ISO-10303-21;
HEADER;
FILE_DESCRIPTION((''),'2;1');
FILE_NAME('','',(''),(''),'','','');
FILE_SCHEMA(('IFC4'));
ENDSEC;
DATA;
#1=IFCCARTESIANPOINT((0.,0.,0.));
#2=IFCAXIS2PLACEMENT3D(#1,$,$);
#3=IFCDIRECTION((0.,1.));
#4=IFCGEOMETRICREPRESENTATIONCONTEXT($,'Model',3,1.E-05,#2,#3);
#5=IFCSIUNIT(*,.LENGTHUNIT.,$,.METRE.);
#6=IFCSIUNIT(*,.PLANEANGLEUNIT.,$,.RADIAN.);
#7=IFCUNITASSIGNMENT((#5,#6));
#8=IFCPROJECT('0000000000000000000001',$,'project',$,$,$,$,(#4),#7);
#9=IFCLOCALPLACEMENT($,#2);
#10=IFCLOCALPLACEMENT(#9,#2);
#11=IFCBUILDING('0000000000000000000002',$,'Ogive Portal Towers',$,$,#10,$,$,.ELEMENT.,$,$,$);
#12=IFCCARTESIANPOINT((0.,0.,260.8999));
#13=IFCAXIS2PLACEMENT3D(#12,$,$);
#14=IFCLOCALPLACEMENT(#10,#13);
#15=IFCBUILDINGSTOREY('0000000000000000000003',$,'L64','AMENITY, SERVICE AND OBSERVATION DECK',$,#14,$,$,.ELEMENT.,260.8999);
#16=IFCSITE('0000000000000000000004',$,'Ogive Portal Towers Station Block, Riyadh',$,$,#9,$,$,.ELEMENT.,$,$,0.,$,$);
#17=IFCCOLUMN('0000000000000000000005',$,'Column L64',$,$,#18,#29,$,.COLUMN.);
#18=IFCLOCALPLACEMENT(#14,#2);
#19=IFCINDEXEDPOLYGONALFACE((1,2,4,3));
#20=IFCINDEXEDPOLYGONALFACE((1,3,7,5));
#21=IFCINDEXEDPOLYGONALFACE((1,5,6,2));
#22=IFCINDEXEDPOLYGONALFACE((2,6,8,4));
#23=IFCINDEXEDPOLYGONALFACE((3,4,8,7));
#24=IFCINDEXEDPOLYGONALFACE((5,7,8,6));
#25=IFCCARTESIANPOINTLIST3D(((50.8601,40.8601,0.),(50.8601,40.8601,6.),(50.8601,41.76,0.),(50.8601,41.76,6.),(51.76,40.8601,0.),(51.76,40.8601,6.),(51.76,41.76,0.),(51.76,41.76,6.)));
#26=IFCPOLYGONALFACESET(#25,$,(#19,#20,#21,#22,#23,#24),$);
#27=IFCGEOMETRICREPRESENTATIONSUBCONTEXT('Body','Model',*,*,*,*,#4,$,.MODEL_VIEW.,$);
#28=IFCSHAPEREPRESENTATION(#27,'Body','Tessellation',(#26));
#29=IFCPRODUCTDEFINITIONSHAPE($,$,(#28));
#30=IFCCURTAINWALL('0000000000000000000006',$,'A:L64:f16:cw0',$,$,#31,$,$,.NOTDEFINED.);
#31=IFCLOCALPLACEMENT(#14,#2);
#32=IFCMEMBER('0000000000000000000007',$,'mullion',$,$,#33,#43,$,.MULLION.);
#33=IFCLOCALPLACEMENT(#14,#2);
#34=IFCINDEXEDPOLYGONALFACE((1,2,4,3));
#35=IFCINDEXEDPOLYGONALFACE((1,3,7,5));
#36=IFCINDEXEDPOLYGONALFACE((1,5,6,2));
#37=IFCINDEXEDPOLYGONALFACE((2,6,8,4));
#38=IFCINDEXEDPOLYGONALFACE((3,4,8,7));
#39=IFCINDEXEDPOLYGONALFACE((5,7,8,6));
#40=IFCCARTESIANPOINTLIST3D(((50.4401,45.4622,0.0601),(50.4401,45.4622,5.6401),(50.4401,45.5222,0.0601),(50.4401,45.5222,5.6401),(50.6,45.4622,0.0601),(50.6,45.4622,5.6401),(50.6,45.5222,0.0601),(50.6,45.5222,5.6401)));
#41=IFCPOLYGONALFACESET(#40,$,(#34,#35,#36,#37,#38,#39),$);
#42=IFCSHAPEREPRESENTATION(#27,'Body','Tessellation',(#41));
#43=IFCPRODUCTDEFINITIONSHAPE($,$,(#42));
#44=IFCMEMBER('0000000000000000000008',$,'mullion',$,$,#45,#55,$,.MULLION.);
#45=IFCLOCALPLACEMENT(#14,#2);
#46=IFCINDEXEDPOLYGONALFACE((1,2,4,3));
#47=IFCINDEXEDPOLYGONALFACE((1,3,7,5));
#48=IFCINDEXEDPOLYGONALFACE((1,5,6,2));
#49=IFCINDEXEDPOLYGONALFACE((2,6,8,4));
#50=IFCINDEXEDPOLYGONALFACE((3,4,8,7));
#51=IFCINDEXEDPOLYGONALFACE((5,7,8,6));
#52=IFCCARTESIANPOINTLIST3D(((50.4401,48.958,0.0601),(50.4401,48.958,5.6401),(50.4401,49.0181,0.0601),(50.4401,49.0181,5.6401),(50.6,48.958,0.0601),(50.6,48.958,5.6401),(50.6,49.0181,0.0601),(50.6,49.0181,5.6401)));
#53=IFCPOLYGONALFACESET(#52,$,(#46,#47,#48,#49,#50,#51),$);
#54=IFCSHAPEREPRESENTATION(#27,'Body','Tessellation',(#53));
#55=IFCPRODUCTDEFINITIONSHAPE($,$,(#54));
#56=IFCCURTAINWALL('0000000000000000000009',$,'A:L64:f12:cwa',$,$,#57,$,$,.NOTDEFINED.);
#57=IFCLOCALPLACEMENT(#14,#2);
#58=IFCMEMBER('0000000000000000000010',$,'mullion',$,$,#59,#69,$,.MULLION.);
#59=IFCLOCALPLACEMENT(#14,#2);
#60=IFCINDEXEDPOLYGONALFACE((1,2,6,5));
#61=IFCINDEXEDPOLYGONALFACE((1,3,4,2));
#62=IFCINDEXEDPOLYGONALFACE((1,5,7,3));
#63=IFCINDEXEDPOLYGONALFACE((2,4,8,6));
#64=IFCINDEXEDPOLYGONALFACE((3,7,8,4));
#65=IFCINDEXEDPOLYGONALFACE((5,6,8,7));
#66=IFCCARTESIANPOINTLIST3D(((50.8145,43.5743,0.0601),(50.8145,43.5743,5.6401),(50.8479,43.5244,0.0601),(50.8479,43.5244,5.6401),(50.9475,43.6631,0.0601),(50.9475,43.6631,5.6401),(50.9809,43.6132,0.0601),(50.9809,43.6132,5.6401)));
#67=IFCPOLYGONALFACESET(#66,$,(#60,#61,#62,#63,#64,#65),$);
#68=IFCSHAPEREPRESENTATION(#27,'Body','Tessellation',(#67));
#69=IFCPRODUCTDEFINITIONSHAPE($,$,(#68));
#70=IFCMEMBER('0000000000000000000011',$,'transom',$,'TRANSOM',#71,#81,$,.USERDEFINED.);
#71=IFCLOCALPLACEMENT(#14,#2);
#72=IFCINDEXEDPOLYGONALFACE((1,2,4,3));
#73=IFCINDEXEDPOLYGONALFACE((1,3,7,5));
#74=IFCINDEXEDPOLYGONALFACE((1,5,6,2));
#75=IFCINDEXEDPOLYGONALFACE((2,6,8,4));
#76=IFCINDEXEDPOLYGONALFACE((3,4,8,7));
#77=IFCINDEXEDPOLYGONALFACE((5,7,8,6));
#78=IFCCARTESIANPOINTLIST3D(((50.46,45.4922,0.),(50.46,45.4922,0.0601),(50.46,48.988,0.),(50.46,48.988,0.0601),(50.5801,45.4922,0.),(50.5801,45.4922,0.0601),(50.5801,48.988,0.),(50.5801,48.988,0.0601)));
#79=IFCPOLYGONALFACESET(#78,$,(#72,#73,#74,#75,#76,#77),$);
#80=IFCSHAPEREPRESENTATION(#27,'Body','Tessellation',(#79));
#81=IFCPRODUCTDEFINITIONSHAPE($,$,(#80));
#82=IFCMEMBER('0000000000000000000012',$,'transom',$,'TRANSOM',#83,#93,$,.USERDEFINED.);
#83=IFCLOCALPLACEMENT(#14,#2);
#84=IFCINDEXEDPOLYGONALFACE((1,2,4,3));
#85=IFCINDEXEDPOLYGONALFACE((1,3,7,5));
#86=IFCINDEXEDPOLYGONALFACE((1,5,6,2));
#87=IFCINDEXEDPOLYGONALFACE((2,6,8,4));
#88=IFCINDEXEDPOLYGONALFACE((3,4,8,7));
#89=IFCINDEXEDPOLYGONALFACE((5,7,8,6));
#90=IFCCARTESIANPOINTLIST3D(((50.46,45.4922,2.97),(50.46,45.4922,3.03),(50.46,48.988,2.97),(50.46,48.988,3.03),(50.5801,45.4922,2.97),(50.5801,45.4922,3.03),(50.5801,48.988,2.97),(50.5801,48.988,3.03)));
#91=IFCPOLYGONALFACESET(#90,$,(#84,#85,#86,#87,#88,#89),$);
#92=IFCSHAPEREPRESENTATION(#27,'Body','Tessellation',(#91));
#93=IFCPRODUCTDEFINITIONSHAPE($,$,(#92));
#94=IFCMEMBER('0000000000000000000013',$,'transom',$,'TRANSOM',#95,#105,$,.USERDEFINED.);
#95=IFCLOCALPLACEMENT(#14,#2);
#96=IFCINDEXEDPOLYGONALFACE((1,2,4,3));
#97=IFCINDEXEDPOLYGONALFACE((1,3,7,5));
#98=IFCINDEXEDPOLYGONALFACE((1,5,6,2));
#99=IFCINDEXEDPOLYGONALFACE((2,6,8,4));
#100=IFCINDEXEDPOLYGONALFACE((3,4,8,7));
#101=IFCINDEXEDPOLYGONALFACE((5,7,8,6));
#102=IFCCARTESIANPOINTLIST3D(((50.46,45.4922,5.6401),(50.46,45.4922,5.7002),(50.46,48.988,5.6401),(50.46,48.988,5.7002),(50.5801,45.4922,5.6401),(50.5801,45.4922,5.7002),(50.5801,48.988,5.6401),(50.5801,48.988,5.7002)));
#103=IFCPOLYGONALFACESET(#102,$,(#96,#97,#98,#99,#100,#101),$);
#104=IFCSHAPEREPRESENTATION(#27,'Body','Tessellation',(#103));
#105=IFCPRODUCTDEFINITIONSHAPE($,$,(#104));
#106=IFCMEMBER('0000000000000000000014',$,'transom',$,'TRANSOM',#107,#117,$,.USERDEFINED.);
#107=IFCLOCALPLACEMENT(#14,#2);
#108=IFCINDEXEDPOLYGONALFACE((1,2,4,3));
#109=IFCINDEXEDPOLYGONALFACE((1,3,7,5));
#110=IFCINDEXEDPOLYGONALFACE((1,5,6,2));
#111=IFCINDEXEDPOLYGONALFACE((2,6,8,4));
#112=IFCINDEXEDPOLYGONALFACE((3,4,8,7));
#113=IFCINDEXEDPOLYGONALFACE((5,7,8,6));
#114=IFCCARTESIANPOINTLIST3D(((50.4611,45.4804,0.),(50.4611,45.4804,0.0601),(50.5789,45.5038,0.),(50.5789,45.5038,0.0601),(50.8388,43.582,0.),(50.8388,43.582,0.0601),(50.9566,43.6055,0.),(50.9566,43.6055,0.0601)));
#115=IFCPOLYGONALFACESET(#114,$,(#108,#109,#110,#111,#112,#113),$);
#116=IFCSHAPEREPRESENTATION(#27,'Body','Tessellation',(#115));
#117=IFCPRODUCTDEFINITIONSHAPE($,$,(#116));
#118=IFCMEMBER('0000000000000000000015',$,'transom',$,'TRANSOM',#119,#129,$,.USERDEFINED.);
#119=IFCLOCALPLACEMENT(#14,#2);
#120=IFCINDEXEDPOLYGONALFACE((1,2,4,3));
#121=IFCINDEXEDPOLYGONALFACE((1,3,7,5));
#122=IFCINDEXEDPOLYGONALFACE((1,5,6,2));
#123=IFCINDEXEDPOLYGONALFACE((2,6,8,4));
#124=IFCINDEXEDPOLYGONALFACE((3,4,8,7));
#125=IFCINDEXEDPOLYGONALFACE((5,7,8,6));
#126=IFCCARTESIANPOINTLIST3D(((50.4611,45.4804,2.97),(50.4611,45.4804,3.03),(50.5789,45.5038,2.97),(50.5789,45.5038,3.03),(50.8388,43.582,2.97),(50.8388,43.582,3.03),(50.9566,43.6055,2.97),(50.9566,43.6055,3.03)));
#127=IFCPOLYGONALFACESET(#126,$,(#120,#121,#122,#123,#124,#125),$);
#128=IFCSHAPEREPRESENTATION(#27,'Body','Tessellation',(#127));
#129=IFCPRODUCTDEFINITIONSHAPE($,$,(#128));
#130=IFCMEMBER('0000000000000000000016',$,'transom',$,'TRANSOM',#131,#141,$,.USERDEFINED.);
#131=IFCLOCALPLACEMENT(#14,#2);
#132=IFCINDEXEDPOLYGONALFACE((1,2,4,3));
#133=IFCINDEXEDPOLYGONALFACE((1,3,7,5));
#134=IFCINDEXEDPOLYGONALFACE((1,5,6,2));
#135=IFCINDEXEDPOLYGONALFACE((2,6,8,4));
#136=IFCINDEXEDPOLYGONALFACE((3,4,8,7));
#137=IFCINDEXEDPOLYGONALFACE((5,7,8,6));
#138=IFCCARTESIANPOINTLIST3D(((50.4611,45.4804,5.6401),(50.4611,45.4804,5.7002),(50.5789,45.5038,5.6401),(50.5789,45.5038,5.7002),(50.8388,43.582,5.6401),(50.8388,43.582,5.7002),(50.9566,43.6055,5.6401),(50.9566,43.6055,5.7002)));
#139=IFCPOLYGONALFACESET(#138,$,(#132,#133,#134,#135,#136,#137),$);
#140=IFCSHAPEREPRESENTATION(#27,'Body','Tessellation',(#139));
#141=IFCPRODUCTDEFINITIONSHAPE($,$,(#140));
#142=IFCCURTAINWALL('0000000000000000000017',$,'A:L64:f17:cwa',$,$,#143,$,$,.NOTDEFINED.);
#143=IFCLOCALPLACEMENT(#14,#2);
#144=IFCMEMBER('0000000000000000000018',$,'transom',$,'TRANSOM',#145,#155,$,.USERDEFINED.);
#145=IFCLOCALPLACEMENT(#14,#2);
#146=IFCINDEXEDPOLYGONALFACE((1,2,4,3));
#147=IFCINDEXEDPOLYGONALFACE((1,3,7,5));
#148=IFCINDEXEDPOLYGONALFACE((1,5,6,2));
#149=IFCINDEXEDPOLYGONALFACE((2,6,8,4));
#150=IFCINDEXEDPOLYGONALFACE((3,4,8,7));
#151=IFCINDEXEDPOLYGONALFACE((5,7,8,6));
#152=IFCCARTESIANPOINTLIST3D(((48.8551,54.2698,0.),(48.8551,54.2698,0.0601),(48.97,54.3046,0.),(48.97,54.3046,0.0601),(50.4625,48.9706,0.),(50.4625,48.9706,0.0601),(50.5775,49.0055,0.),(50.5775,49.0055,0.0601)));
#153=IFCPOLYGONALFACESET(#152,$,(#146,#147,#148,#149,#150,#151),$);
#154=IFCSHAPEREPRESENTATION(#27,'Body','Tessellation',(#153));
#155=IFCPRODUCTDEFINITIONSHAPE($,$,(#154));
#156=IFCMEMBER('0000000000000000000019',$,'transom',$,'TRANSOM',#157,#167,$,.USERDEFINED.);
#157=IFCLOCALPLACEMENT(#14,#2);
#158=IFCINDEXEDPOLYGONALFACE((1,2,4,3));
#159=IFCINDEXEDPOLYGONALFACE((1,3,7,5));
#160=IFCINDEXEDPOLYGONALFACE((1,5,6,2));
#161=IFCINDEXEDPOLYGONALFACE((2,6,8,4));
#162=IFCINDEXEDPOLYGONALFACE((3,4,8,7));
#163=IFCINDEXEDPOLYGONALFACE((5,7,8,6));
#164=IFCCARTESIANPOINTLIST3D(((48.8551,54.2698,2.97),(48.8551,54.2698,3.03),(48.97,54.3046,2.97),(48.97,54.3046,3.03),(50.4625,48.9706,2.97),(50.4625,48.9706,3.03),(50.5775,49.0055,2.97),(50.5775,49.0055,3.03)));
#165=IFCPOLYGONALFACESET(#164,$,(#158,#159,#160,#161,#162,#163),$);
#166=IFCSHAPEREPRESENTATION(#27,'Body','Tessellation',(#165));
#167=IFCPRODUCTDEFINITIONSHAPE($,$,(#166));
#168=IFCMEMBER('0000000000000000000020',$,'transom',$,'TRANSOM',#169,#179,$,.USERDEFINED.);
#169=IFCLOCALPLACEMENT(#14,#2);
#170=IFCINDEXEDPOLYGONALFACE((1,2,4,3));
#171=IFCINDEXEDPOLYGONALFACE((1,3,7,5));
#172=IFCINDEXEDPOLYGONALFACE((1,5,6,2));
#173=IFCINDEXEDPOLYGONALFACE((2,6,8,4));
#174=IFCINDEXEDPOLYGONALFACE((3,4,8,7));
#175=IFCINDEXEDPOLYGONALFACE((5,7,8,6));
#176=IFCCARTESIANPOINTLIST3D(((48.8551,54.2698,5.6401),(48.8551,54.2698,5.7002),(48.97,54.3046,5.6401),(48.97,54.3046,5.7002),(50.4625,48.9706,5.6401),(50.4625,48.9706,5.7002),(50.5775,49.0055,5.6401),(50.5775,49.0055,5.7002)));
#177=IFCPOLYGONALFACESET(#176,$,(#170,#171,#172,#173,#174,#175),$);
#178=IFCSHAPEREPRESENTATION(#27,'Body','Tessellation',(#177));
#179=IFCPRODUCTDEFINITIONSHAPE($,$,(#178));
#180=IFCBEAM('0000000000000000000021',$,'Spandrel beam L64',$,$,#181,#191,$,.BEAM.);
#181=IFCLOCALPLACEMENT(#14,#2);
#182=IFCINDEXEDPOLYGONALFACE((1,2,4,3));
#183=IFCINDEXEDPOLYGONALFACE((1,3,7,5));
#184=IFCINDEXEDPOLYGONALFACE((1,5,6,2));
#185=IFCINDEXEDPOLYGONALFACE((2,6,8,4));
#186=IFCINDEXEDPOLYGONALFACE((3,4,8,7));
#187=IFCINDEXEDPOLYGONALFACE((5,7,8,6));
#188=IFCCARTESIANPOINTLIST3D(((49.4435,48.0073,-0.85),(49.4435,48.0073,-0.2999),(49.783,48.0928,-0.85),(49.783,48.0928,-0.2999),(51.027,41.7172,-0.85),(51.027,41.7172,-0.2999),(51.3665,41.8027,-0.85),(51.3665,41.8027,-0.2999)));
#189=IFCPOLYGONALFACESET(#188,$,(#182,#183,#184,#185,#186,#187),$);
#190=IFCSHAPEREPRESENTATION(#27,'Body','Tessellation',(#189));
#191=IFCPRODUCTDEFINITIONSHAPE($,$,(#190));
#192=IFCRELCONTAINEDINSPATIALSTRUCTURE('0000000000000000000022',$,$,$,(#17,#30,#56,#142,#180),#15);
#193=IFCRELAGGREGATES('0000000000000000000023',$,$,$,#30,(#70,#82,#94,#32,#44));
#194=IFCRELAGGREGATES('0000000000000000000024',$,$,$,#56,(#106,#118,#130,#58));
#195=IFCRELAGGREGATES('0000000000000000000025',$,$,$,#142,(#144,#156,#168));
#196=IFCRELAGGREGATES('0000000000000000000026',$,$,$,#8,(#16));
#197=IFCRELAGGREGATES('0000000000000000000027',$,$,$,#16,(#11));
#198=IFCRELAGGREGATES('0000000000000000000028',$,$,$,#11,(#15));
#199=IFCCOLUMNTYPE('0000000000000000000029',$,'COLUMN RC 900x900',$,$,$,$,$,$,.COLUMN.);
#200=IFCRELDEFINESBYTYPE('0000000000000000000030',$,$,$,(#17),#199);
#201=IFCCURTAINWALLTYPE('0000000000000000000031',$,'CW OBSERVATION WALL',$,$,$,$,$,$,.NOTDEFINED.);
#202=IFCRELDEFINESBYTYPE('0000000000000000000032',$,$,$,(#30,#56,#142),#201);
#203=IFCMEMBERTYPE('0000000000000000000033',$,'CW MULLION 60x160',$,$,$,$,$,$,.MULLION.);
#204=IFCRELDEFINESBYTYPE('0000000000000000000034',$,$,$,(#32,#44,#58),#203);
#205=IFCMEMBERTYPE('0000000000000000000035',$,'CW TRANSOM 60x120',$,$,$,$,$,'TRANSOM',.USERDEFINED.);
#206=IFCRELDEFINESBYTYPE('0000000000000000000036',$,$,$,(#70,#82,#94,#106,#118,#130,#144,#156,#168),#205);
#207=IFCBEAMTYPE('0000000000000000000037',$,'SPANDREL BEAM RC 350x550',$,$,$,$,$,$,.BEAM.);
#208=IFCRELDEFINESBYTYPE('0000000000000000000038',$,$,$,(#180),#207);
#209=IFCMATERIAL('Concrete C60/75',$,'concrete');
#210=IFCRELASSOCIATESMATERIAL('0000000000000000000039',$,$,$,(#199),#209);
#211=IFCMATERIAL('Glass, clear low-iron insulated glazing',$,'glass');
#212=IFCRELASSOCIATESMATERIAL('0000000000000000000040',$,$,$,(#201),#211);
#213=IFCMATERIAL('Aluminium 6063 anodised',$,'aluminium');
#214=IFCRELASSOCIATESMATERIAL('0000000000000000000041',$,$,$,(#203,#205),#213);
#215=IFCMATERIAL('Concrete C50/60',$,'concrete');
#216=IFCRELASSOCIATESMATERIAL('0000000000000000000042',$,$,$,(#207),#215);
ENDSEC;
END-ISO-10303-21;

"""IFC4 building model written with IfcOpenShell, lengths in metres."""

from ifc_helpers import new_model, si_unit, direction, frame, origin, origin_2d, place, context, subcontext, project, spatial, rectangle, extrude, material, material_profile, profile_set, type_object, element, aggregate, save


model = new_model("IFC4")

# Units and contexts
model_context = context("Model", 3, precision=1e-05, world=origin(), true_north=direction((0.0, 1.0)))
body_context = subcontext(model_context, "Body", "Model", "MODEL_VIEW")
ifc_project = project(units=[si_unit("LENGTHUNIT", "METRE"), si_unit("PLANEANGLEUNIT", "RADIAN")], contexts=[model_context])

# Site, building, storey
site_placement = place(None, origin())
site = spatial("IfcSite", under=ifc_project, at=site_placement, Name="Ogive Portal Towers Station Block, Riyadh", CompositionType="ELEMENT", RefElevation=0.0)
building_placement = place(site_placement, origin())
building = spatial("IfcBuilding", under=site, at=building_placement, Name="Ogive Portal Towers", CompositionType="ELEMENT")
storey_placement = place(building_placement, frame((0.0, 0.0, 260.8999)))
storey = spatial("IfcBuildingStorey", under=building, at=storey_placement, Name="L64", Description="AMENITY, SERVICE AND OBSERVATION DECK", CompositionType="ELEMENT", Elevation=260.8999)

# Column
ifc_material_1 = material(Name="Concrete C60/75", Category="concrete")
ifc_material_profile_1 = material_profile(ifc_material_1, rectangle(XDim=0.8999, YDim=0.8999, at=origin_2d()), Name="RC 900x900")
ifc_profile_set_1 = profile_set([ifc_material_profile_1], Name="Concrete C60/75")
column_type = type_object("IfcColumnType", Name="COLUMN RC 900x900", PredefinedType="COLUMN", material=ifc_profile_set_1)
column_placement = place(storey_placement, frame((51.3101, 41.3101, 0.0), z_axis=(0.0, 0.0, 1.0), x_axis=(1.0, 0.0, 0.0)))
element("IfcColumn", 1, at=column_placement, inside=storey, type_object=column_type, Name="Column L64", PredefinedType="COLUMN", context=body_context, shape_type="SweptSolid", body=[
    extrude(rectangle(XDim=0.8999, YDim=0.8999, at=origin_2d()), origin(), (0.0, 0.0, 1.0), 6.0),
])

# Curtain wall, members
ifc_material_2 = material(Name="Glass, clear low-iron insulated glazing", Category="glass")
curtain_wall_type = type_object("IfcCurtainWallType", Name="CW OBSERVATION WALL", PredefinedType="NOTDEFINED", material=ifc_material_2)
curtain_wall_1_placement = place(storey_placement, origin())
curtain_wall_1 = element("IfcCurtainWall", 2, at=curtain_wall_1_placement, inside=storey, type_object=curtain_wall_type, Name="A:L64:f16:cw0", PredefinedType="NOTDEFINED")
ifc_material_3 = material(Name="Aluminium 6063 anodised", Category="aluminium")
ifc_material_profile_2 = material_profile(ifc_material_3, rectangle(XDim=0.1599, YDim=0.0601, at=origin_2d()), Name="AL 60x160")
ifc_profile_set_2 = profile_set([ifc_material_profile_2], Name="Aluminium 6063 anodised")
member_type_1 = type_object("IfcMemberType", Name="CW MULLION 60x160", PredefinedType="MULLION", material=ifc_profile_set_2)
member_1_placement = place(storey_placement, frame((50.52, 45.4922, 0.0601), z_axis=(0.0, 0.0, 1.0), x_axis=(-1.0, 0.0, 0.0)))
member_1 = element("IfcMember", 3, at=member_1_placement, type_object=member_type_1, Name="mullion", PredefinedType="MULLION", context=body_context, shape_type="SweptSolid", body=[
    extrude(rectangle(XDim=0.1599, YDim=0.0601, at=origin_2d()), origin(), (0.0, 0.0, 1.0), 5.5801),
])
member_2_placement = place(storey_placement, frame((50.52, 48.988, 0.0601), z_axis=(0.0, 0.0, 1.0), x_axis=(-1.0, 0.0, 0.0)))
member_2 = element("IfcMember", 4, at=member_2_placement, type_object=member_type_1, Name="mullion", PredefinedType="MULLION", context=body_context, shape_type="SweptSolid", body=[
    extrude(rectangle(XDim=0.1599, YDim=0.0601, at=origin_2d()), origin(), (0.0, 0.0, 1.0), 5.5801),
])

# Curtain wall, member
curtain_wall_2_placement = place(storey_placement, origin())
curtain_wall_2 = element("IfcCurtainWall", 5, at=curtain_wall_2_placement, inside=storey, type_object=curtain_wall_type, Name="A:L64:f12:cwa", PredefinedType="NOTDEFINED")
member_3_placement = place(storey_placement, frame((50.8977, 43.5938, 0.0601), z_axis=(0.0, 0.0, 1.0), x_axis=(-0.83147, -0.55557, 0.0)))
member_3 = element("IfcMember", 6, at=member_3_placement, type_object=member_type_1, Name="mullion", PredefinedType="MULLION", context=body_context, shape_type="SweptSolid", body=[
    extrude(rectangle(XDim=0.1599, YDim=0.0601, at=origin_2d()), origin(), (0.0, 0.0, 1.0), 5.5801),
])

# Members
ifc_material_profile_3 = material_profile(ifc_material_3, rectangle(XDim=0.1201, YDim=0.0601, at=origin_2d()), Name="AL 120x60")
ifc_profile_set_3 = profile_set([ifc_material_profile_3], Name="Aluminium 6063 anodised")
member_type_2 = type_object("IfcMemberType", Name="CW TRANSOM 60x120", ElementType="TRANSOM", PredefinedType="USERDEFINED", material=ifc_profile_set_3)
member_4_placement = place(storey_placement, frame((50.52, 45.4922, 0.03), z_axis=(0.0, 1.0, 0.0), x_axis=(-1.0, 0.0, 0.0)))
member_4 = element("IfcMember", 7, at=member_4_placement, type_object=member_type_2, Name="transom", ObjectType="TRANSOM", PredefinedType="USERDEFINED", context=body_context, shape_type="SweptSolid", body=[
    extrude(rectangle(XDim=0.1201, YDim=0.0601, at=origin_2d()), origin(), (0.0, 0.0, 1.0), 3.4958),
])
member_5_placement = place(storey_placement, frame((50.52, 45.4922, 3.0), z_axis=(0.0, 1.0, 0.0), x_axis=(-1.0, 0.0, 0.0)))
member_5 = element("IfcMember", 8, at=member_5_placement, type_object=member_type_2, Name="transom", ObjectType="TRANSOM", PredefinedType="USERDEFINED", context=body_context, shape_type="SweptSolid", body=[
    extrude(rectangle(XDim=0.1201, YDim=0.0601, at=origin_2d()), origin(), (0.0, 0.0, 1.0), 3.4958),
])
member_6_placement = place(storey_placement, frame((50.52, 45.4922, 5.6702), z_axis=(0.0, 1.0, 0.0), x_axis=(-1.0, 0.0, 0.0)))
member_6 = element("IfcMember", 9, at=member_6_placement, type_object=member_type_2, Name="transom", ObjectType="TRANSOM", PredefinedType="USERDEFINED", context=body_context, shape_type="SweptSolid", body=[
    extrude(rectangle(XDim=0.1201, YDim=0.0601, at=origin_2d()), origin(), (0.0, 0.0, 1.0), 3.4958),
])
member_7_placement = place(storey_placement, frame((50.8977, 43.5938, 0.03), z_axis=(-0.195122, 0.980779, 0.0), x_axis=(-0.980779, -0.195122, 0.0)))
member_7 = element("IfcMember", 10, at=member_7_placement, type_object=member_type_2, Name="transom", ObjectType="TRANSOM", PredefinedType="USERDEFINED", context=body_context, shape_type="SweptSolid", body=[
    extrude(rectangle(XDim=0.1201, YDim=0.0601, at=origin_2d()), origin(), (0.0, 0.0, 1.0), 1.9355),
])
member_8_placement = place(storey_placement, frame((50.8977, 43.5938, 3.0), z_axis=(-0.195122, 0.980779, 0.0), x_axis=(-0.980779, -0.195122, 0.0)))
member_8 = element("IfcMember", 11, at=member_8_placement, type_object=member_type_2, Name="transom", ObjectType="TRANSOM", PredefinedType="USERDEFINED", context=body_context, shape_type="SweptSolid", body=[
    extrude(rectangle(XDim=0.1201, YDim=0.0601, at=origin_2d()), origin(), (0.0, 0.0, 1.0), 1.9355),
])
member_9_placement = place(storey_placement, frame((50.8977, 43.5938, 5.6702), z_axis=(-0.195122, 0.980779, 0.0), x_axis=(-0.980779, -0.195122, 0.0)))
member_9 = element("IfcMember", 12, at=member_9_placement, type_object=member_type_2, Name="transom", ObjectType="TRANSOM", PredefinedType="USERDEFINED", context=body_context, shape_type="SweptSolid", body=[
    extrude(rectangle(XDim=0.1201, YDim=0.0601, at=origin_2d()), origin(), (0.0, 0.0, 1.0), 1.9355),
])

# Curtain wall, members
curtain_wall_3_placement = place(storey_placement, origin())
curtain_wall_3 = element("IfcCurtainWall", 13, at=curtain_wall_3_placement, inside=storey, type_object=curtain_wall_type, Name="A:L64:f17:cwa", PredefinedType="NOTDEFINED")
member_10_placement = place(storey_placement, frame((50.52, 48.988, 0.03), z_axis=(-0.290279, 0.956942, 0.0), x_axis=(-0.956942, -0.290279, 0.0)))
member_10 = element("IfcMember", 14, at=member_10_placement, type_object=member_type_2, Name="transom", ObjectType="TRANSOM", PredefinedType="USERDEFINED", context=body_context, shape_type="SweptSolid", body=[
    extrude(rectangle(XDim=0.1201, YDim=0.0601, at=origin_2d()), origin(), (0.0, 0.0, 1.0), 5.5376),
])
member_11_placement = place(storey_placement, frame((50.52, 48.988, 3.0), z_axis=(-0.290279, 0.956942, 0.0), x_axis=(-0.956942, -0.290279, 0.0)))
member_11 = element("IfcMember", 15, at=member_11_placement, type_object=member_type_2, Name="transom", ObjectType="TRANSOM", PredefinedType="USERDEFINED", context=body_context, shape_type="SweptSolid", body=[
    extrude(rectangle(XDim=0.1201, YDim=0.0601, at=origin_2d()), origin(), (0.0, 0.0, 1.0), 5.5376),
])
member_12_placement = place(storey_placement, frame((50.52, 48.988, 5.6702), z_axis=(-0.290279, 0.956942, 0.0), x_axis=(-0.956942, -0.290279, 0.0)))
member_12 = element("IfcMember", 16, at=member_12_placement, type_object=member_type_2, Name="transom", ObjectType="TRANSOM", PredefinedType="USERDEFINED", context=body_context, shape_type="SweptSolid", body=[
    extrude(rectangle(XDim=0.1201, YDim=0.0601, at=origin_2d()), origin(), (0.0, 0.0, 1.0), 5.5376),
])

# Beam
ifc_material_4 = material(Name="Concrete C50/60", Category="concrete")
ifc_material_profile_4 = material_profile(ifc_material_4, rectangle(XDim=0.3501, YDim=0.55, at=origin_2d()), Name="RC 350x550")
ifc_profile_set_4 = profile_set([ifc_material_profile_4], Name="Concrete C50/60")
beam_type = type_object("IfcBeamType", Name="SPANDREL BEAM RC 350x550", PredefinedType="BEAM", material=ifc_profile_set_4)
beam_placement = place(storey_placement, frame((49.6133, 48.05, -0.575), z_axis=(0.244129, -0.969743, 0.0), x_axis=(0.969743, 0.244129, 0.0)))
element("IfcBeam", 17, at=beam_placement, inside=storey, type_object=beam_type, Name="Spandrel beam L64", PredefinedType="BEAM", context=body_context, shape_type="SweptSolid", body=[
    extrude(rectangle(XDim=0.3501, YDim=0.55, at=origin_2d()), origin(), (0.0, 0.0, 1.0), 6.4863),
])

aggregate(curtain_wall_1, [member_4, member_5, member_6, member_1, member_2])
aggregate(curtain_wall_2, [member_7, member_8, member_9, member_3])
aggregate(curtain_wall_3, [member_10, member_11, member_12])

save(model, "model.ifc")
